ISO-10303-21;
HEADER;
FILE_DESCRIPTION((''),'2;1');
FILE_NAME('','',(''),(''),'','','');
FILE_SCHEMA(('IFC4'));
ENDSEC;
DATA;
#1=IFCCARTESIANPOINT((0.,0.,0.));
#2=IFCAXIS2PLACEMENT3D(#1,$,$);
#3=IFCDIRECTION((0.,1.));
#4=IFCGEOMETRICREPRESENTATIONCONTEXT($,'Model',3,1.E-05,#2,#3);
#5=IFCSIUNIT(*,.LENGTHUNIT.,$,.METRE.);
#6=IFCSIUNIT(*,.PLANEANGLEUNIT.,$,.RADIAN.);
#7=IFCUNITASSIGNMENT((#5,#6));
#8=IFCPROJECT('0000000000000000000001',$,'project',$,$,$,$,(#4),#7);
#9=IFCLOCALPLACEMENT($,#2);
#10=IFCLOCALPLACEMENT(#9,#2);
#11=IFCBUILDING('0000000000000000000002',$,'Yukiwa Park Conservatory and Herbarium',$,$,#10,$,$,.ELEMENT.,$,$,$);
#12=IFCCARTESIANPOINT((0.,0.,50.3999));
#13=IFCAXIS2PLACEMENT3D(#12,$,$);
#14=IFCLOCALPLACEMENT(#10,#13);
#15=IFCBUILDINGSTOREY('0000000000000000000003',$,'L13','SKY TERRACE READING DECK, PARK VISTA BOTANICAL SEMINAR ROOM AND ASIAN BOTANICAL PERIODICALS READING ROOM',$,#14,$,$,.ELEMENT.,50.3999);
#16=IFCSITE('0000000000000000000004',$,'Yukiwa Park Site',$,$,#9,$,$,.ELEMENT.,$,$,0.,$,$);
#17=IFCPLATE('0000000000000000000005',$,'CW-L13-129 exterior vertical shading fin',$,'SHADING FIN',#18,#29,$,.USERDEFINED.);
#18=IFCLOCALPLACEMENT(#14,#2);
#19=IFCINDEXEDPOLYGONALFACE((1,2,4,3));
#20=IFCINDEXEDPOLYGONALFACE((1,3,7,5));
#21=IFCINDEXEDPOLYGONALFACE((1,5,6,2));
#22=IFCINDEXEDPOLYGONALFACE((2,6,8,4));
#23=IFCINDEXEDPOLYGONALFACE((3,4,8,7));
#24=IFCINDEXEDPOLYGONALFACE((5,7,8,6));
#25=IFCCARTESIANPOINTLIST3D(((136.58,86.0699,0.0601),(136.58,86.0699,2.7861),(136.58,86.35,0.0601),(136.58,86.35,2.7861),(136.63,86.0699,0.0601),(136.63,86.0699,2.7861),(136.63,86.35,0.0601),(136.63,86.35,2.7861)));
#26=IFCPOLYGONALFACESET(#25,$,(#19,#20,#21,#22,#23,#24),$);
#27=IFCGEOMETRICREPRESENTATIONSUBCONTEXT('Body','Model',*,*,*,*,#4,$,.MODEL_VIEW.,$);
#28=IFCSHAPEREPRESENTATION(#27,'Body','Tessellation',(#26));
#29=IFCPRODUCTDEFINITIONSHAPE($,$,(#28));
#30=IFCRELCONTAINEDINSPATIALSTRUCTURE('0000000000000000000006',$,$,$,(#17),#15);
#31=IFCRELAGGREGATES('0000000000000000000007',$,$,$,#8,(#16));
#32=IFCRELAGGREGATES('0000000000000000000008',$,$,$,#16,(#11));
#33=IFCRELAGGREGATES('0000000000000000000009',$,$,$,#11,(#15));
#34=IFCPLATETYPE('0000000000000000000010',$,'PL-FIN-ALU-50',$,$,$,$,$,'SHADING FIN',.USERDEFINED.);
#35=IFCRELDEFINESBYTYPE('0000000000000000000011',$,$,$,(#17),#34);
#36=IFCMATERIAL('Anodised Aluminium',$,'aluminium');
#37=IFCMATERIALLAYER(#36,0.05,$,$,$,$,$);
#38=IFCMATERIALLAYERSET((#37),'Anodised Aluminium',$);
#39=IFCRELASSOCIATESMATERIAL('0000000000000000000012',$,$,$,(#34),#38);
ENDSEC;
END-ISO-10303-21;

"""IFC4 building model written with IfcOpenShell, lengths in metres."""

from ifc_helpers import new_model, si_unit, direction, frame, origin, origin_2d, place, context, subcontext, project, spatial, rectangle, extrude, material, layer, layer_set, type_object, element, save


model = new_model("IFC4")

# Units and contexts
model_context = context("Model", 3, precision=1e-05, world=origin(), true_north=direction((0.0, 1.0)))
body_context = subcontext(model_context, "Body", "Model", "MODEL_VIEW")
ifc_project = project(units=[si_unit("LENGTHUNIT", "METRE"), si_unit("PLANEANGLEUNIT", "RADIAN")], contexts=[model_context])

# Site, building, storey
site_placement = place(None, origin())
site = spatial("IfcSite", under=ifc_project, at=site_placement, Name="Yukiwa Park Site", CompositionType="ELEMENT", RefElevation=0.0)
building_placement = place(site_placement, origin())
building = spatial("IfcBuilding", under=site, at=building_placement, Name="Yukiwa Park Conservatory and Herbarium", CompositionType="ELEMENT")
storey_placement = place(building_placement, frame((0.0, 0.0, 50.3999)))
storey = spatial("IfcBuildingStorey", under=building, at=storey_placement, Name="L13", Description="SKY TERRACE READING DECK, PARK VISTA BOTANICAL SEMINAR ROOM AND ASIAN BOTANICAL PERIODICALS READING ROOM", CompositionType="ELEMENT", Elevation=50.3999)

# Plate
ifc_material_1 = material(Name="Anodised Aluminium", Category="aluminium")
ifc_layer_1 = layer(ifc_material_1, 0.05)
ifc_layer_set_1 = layer_set([ifc_layer_1], Name="Anodised Aluminium")
plate_type_1 = type_object("IfcPlateType", Name="PL-FIN-ALU-50", ElementType="SHADING FIN", PredefinedType="USERDEFINED", material=ifc_layer_set_1)
plate_1_placement = place(storey_placement, frame((136.605, 86.21, 0.0601), z_axis=(0.0, 0.0, 1.0), x_axis=(1.0, 0.0, 0.0)))
element("IfcPlate", 1, at=plate_1_placement, inside=storey, type_object=plate_type_1, Name="CW-L13-129 exterior vertical shading fin", ObjectType="SHADING FIN", PredefinedType="USERDEFINED", context=body_context, shape_type="SweptSolid", body=[
    extrude(rectangle(XDim=0.05, YDim=0.28, at=origin_2d()), origin(), (0.0, 0.0, 1.0), 2.7261),
])

save(model, "model.ifc")
